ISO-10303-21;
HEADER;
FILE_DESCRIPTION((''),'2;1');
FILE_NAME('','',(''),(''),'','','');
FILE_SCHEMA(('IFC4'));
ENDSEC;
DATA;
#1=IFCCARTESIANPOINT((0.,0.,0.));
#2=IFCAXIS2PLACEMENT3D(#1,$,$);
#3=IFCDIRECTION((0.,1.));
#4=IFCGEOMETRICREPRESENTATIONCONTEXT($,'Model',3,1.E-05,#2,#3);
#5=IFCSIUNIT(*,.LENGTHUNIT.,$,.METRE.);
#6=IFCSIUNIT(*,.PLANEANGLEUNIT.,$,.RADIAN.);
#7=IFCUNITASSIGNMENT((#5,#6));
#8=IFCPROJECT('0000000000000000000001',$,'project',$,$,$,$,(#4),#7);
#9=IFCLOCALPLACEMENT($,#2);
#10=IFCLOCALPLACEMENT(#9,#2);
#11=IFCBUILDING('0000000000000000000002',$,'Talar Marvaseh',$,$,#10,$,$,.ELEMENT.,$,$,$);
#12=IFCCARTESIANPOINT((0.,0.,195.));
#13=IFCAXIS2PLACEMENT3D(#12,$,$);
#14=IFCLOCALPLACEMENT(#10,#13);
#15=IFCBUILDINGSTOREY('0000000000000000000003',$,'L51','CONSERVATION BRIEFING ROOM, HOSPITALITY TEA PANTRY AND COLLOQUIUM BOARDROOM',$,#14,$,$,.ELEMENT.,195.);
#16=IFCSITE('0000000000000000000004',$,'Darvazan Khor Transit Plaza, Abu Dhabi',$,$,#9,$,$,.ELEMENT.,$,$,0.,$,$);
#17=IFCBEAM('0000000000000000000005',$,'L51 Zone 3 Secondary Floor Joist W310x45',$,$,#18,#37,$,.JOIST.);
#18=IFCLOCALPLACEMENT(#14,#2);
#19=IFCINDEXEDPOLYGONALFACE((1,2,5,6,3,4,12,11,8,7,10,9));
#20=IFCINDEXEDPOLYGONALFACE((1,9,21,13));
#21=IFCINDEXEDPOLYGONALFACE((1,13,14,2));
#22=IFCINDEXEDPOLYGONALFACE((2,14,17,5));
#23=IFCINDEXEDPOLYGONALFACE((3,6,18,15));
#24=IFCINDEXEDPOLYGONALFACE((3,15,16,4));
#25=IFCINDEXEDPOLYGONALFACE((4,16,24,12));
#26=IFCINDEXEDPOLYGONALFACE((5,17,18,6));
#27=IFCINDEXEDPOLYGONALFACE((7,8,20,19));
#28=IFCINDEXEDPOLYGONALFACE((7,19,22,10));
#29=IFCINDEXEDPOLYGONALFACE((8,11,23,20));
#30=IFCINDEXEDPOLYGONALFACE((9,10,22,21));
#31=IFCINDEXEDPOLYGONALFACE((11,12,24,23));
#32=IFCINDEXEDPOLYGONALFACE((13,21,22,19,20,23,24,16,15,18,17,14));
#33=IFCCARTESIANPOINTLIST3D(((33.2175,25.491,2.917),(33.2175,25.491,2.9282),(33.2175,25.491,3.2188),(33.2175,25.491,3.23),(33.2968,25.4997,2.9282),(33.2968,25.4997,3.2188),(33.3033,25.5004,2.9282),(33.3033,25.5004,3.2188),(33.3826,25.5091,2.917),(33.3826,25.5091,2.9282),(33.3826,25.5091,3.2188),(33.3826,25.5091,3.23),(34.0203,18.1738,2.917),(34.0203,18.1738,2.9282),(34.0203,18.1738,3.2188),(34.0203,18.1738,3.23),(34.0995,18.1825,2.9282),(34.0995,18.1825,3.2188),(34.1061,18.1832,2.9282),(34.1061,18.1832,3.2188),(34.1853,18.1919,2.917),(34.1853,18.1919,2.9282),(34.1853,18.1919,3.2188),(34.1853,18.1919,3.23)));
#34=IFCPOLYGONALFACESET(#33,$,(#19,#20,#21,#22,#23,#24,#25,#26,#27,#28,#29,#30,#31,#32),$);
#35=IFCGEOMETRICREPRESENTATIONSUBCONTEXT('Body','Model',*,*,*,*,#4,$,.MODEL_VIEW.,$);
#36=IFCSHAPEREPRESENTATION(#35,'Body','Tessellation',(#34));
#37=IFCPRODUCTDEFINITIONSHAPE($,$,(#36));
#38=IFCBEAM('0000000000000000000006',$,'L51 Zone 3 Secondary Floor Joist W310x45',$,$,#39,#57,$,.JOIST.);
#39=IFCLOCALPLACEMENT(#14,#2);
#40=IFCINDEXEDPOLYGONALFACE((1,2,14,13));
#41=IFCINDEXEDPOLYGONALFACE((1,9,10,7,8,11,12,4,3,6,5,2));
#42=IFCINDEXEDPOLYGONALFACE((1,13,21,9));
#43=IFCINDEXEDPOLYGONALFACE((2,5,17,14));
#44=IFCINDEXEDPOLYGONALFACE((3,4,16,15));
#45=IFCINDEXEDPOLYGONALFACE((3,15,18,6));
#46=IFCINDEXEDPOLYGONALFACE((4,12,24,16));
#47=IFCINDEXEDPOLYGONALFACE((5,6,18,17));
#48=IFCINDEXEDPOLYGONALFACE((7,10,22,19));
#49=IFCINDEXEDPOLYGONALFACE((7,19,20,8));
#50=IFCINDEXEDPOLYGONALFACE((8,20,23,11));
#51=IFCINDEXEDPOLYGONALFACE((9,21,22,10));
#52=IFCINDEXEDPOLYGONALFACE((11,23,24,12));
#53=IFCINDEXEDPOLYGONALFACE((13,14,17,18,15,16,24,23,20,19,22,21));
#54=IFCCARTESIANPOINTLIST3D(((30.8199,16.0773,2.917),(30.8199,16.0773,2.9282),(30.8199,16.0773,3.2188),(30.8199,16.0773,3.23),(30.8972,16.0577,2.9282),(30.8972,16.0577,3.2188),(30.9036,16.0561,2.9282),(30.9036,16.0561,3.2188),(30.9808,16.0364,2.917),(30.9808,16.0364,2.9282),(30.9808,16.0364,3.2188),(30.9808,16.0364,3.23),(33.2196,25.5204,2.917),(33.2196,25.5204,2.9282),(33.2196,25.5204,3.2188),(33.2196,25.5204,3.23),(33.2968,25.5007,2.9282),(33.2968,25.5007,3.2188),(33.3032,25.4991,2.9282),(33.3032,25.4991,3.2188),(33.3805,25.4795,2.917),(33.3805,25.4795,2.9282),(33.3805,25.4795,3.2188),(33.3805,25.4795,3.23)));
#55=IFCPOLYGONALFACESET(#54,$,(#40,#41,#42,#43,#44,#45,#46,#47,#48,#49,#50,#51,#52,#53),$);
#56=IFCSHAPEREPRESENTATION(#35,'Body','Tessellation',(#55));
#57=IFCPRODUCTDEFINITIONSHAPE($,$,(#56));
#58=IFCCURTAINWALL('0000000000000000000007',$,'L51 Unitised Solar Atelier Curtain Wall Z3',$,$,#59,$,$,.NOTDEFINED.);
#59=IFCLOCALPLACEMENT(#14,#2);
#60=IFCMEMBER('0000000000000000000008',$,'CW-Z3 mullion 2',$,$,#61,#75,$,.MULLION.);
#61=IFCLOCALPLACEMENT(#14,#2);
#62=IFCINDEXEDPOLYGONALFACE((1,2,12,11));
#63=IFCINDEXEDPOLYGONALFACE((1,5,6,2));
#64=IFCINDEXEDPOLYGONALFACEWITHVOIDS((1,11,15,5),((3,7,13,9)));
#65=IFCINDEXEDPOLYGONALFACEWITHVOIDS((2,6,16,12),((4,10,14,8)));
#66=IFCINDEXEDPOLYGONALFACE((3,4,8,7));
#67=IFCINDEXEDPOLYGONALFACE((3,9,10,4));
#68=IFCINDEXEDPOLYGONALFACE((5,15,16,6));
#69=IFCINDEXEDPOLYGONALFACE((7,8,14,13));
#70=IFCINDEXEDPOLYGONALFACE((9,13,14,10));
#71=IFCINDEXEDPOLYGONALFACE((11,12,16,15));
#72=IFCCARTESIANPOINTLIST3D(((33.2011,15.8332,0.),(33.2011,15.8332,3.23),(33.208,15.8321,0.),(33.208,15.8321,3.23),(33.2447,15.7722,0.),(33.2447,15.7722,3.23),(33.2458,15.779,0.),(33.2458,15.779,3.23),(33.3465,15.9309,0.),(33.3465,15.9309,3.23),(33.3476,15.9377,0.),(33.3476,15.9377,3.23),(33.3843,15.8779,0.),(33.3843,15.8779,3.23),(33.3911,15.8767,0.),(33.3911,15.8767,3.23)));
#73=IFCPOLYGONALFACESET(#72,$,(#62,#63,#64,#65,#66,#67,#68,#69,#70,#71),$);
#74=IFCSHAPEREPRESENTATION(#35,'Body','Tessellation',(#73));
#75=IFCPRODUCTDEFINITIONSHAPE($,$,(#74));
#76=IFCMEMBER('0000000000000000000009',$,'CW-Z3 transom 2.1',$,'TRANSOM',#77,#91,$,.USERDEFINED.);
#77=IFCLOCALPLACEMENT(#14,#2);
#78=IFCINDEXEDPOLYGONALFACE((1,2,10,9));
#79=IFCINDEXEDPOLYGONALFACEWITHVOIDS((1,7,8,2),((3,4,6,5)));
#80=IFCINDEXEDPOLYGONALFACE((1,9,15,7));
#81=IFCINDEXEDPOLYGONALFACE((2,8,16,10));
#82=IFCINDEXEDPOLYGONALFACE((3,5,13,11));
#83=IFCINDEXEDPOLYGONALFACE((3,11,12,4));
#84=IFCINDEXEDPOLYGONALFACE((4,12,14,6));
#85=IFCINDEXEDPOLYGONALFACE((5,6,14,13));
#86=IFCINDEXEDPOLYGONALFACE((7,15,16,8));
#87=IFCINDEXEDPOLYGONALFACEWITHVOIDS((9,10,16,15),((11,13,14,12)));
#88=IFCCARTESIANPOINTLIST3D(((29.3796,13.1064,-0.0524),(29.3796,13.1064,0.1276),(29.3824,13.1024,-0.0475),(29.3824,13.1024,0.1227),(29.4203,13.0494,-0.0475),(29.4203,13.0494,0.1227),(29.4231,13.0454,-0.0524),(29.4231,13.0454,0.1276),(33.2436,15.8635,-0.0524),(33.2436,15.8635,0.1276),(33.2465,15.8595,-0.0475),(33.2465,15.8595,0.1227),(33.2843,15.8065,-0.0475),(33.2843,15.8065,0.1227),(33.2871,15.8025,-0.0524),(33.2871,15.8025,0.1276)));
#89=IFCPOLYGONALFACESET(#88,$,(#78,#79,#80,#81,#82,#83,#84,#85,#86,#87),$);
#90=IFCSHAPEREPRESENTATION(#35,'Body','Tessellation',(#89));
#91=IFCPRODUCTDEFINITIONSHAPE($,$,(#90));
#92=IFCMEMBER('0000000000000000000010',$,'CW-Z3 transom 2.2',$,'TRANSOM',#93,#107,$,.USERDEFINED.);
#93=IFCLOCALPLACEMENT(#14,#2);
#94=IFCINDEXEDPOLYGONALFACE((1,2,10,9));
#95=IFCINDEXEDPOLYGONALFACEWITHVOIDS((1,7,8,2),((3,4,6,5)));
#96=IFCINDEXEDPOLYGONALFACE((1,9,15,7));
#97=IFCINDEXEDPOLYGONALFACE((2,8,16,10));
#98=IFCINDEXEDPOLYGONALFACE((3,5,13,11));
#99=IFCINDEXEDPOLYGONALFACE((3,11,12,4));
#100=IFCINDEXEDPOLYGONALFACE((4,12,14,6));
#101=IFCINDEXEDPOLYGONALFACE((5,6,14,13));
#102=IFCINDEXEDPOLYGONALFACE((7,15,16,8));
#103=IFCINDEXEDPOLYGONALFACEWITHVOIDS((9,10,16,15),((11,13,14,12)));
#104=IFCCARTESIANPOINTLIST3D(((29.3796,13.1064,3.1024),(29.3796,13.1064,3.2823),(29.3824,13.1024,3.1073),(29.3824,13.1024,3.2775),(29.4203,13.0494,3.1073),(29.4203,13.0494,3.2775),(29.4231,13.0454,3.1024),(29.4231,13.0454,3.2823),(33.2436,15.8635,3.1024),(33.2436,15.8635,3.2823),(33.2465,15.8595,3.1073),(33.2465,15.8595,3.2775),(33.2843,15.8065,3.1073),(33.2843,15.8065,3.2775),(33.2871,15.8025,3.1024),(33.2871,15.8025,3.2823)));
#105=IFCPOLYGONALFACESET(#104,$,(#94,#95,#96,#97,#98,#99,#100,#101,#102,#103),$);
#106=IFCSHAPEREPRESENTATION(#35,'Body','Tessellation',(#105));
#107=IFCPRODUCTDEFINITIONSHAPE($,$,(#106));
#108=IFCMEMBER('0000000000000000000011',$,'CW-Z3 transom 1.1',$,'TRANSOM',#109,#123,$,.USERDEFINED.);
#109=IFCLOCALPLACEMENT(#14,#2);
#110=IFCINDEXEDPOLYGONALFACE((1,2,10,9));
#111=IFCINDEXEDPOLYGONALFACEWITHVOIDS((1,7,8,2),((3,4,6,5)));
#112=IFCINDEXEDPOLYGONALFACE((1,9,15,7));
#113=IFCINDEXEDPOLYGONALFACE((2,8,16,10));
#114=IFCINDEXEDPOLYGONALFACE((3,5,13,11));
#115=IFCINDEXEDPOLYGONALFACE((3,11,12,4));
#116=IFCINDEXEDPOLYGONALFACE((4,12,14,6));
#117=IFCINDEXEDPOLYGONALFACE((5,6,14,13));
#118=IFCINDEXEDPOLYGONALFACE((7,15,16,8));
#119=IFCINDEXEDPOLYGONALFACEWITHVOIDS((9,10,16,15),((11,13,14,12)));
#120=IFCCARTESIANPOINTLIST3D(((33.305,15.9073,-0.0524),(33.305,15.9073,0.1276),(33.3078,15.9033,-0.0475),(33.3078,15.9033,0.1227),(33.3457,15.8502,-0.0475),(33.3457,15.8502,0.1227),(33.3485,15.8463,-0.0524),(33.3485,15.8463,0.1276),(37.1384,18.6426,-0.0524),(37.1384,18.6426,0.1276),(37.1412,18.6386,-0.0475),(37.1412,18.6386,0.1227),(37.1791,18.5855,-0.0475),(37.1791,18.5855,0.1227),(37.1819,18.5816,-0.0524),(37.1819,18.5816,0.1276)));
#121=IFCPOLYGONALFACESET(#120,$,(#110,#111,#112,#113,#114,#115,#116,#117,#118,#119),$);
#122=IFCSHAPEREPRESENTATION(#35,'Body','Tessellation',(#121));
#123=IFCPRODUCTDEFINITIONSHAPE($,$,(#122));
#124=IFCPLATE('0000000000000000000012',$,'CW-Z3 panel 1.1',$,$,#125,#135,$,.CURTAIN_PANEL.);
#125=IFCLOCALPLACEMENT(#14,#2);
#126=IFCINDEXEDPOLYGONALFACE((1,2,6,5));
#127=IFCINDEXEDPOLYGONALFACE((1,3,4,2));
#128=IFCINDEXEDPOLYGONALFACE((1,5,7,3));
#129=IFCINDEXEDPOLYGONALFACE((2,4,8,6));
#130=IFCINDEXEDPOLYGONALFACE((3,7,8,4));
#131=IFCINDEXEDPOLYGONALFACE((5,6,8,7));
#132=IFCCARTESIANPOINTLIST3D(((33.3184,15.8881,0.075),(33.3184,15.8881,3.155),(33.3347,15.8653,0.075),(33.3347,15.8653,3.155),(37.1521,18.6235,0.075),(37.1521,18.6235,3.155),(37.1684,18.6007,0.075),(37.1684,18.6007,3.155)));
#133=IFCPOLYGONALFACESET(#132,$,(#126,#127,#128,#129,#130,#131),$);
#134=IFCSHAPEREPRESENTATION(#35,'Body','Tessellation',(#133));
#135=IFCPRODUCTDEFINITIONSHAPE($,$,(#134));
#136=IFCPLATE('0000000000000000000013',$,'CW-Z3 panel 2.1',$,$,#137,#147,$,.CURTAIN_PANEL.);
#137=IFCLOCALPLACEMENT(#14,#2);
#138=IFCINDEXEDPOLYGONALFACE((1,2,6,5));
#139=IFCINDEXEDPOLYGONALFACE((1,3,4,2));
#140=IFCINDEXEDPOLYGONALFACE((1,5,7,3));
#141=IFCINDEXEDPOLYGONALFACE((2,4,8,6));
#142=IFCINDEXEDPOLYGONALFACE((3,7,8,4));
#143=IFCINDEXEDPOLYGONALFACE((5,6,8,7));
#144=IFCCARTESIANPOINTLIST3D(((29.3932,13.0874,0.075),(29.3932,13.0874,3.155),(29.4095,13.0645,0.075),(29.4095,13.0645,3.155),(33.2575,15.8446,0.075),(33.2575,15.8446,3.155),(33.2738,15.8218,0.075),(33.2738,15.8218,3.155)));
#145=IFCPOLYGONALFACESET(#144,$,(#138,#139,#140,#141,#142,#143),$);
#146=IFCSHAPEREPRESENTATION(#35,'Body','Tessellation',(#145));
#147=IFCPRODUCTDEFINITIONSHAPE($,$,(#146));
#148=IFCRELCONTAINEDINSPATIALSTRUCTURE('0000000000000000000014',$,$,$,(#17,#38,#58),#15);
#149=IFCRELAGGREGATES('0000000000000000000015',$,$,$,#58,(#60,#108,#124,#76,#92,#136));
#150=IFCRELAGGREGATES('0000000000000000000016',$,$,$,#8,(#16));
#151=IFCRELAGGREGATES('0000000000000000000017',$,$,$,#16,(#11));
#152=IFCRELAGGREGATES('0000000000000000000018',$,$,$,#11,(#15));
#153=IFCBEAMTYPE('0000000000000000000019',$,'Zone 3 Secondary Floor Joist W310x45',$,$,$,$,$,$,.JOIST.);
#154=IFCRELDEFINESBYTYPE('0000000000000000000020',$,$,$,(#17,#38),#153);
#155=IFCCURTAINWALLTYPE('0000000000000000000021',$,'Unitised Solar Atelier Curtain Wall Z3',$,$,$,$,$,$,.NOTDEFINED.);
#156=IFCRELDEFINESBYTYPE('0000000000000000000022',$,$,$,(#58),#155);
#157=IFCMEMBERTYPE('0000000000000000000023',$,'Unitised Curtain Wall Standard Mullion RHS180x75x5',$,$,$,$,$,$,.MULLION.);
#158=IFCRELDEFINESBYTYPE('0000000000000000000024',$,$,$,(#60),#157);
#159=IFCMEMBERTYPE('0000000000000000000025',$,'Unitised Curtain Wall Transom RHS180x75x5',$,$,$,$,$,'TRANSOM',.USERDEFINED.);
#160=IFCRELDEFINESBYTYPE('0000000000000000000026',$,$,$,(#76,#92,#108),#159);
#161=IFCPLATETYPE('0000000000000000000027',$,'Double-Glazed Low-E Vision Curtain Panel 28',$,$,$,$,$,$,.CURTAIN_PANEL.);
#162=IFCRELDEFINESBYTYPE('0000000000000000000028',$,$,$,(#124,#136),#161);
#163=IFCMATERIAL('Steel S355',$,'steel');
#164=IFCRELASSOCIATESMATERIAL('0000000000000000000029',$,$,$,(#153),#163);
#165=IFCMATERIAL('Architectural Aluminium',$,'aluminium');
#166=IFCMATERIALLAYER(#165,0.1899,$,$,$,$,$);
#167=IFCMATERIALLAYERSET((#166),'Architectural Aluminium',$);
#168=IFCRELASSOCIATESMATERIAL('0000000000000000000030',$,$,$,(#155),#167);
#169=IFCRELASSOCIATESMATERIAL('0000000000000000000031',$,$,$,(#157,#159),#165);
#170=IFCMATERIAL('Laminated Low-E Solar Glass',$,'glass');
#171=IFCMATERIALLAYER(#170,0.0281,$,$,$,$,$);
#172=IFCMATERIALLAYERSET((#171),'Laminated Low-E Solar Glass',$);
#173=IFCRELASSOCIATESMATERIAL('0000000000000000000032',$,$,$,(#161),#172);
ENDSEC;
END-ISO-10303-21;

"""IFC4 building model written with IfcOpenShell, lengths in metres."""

from ifc_helpers import new_model, si_unit, direction, frame, origin, origin_2d, place, context, subcontext, project, spatial, rectangle, hollow_rectangle, i_section, extrude, source, transform, mapped, material, layer, layer_set, material_profile, profile_set, type_object, type_shapes, element, aggregate, save


model = new_model("IFC4")

# Units and contexts
model_context = context("Model", 3, precision=1e-05, world=origin(), true_north=direction((0.0, 1.0)))
body_context = subcontext(model_context, "Body", "Model", "MODEL_VIEW")
ifc_project = project(units=[si_unit("LENGTHUNIT", "METRE"), si_unit("PLANEANGLEUNIT", "RADIAN")], contexts=[model_context])

# Site, building, storey
site_placement = place(None, origin())
site = spatial("IfcSite", under=ifc_project, at=site_placement, Name="Darvazan Khor Transit Plaza, Abu Dhabi", CompositionType="ELEMENT", RefElevation=0.0)
building_placement = place(site_placement, origin())
building = spatial("IfcBuilding", under=site, at=building_placement, Name="Talar Marvaseh", CompositionType="ELEMENT")
storey_placement = place(building_placement, frame((0.0, 0.0, 195.0)))
storey = spatial("IfcBuildingStorey", under=building, at=storey_placement, Name="L51", Description="CONSERVATION BRIEFING ROOM, HOSPITALITY TEA PANTRY AND COLLOQUIUM BOARDROOM", CompositionType="ELEMENT", Elevation=195.0)

# Beams
ifc_material_1 = material(Name="Steel S355", Category="steel")
ifc_material_profile_1 = material_profile(ifc_material_1, i_section(OverallWidth=0.166, OverallDepth=0.313, WebThickness=0.0066, FlangeThickness=0.0112, at=origin_2d()), Name="W310x45")
ifc_profile_set_1 = profile_set([ifc_material_profile_1], Name="Steel S355")
beam_type = type_object("IfcBeamType", Name="Zone 3 Secondary Floor Joist W310x45", PredefinedType="JOIST", material=ifc_profile_set_1)
beam_1_placement = place(storey_placement, frame((34.1028, 18.1829, 3.0735), z_axis=(-0.109052, 0.994036, 0.0), x_axis=(-0.994036, -0.109052, 0.0)))
element("IfcBeam", 1, at=beam_1_placement, inside=storey, type_object=beam_type, Name="L51 Zone 3 Secondary Floor Joist W310x45", PredefinedType="JOIST", context=body_context, shape_type="SweptSolid", body=[
    extrude(i_section(OverallWidth=0.166, OverallDepth=0.313, WebThickness=0.0066, FlangeThickness=0.0112, at=origin_2d()), origin(), (0.0, 0.0, 1.0), 7.3611),
])
beam_2_placement = place(storey_placement, frame((30.9004, 16.0569, 3.0735), z_axis=(0.246289, 0.969196, 0.0), x_axis=(-0.969196, 0.246289, 0.0)))
element("IfcBeam", 2, at=beam_2_placement, inside=storey, type_object=beam_type, Name="L51 Zone 3 Secondary Floor Joist W310x45", PredefinedType="JOIST", context=body_context, shape_type="SweptSolid", body=[
    extrude(i_section(OverallWidth=0.166, OverallDepth=0.313, WebThickness=0.0066, FlangeThickness=0.0112, at=origin_2d()), origin(), (0.0, 0.0, 1.0), 9.7432),
])

# Curtain wall, members, plates
ifc_material_2 = material(Name="Architectural Aluminium", Category="aluminium")
ifc_layer_1 = layer(ifc_material_2, 0.1899)
ifc_layer_set_1 = layer_set([ifc_layer_1], Name="Architectural Aluminium")
curtain_wall_type = type_object("IfcCurtainWallType", Name="Unitised Solar Atelier Curtain Wall Z3", PredefinedType="NOTDEFINED", material=ifc_layer_set_1)
curtain_wall_placement = place(storey_placement, origin())
curtain_wall = element("IfcCurtainWall", 3, at=curtain_wall_placement, inside=storey, type_object=curtain_wall_type, Name="L51 Unitised Solar Atelier Curtain Wall Z3", PredefinedType="NOTDEFINED")
ifc_material_profile_2 = material_profile(ifc_material_2, hollow_rectangle(XDim=0.075, YDim=0.1799, WallThickness=0.0049, at=origin_2d()), Name="RHS180x75x5")
ifc_profile_set_2 = profile_set([ifc_material_profile_2], Name="Architectural Aluminium")
member_type_1 = type_object("IfcMemberType", Name="Unitised Curtain Wall Standard Mullion RHS180x75x5", PredefinedType="MULLION", material=ifc_profile_set_2)
shared_shape_1 = source(origin(), body_context, "Body", "SweptSolid", [
    extrude(hollow_rectangle(XDim=0.075, YDim=0.1799, WallThickness=0.0049, at=origin_2d()), origin(), (0.0, 0.0, 1.0), 3.23),
])
type_shapes(member_type_1, [shared_shape_1])
member_1_placement = place(storey_placement, frame((33.2961, 15.855, 0.0), z_axis=(0.0, 0.0, 1.0), x_axis=(0.580831, -0.814024, 0.0)))
member_1 = element("IfcMember", 4, at=member_1_placement, type_object=member_type_1, Name="CW-Z3 mullion 2", PredefinedType="MULLION", context=body_context, shape_type="MappedRepresentation", body=[
    mapped(shared_shape_1, transform((0.0, 0.0, 0.0), x_axis=(1.0, 0.0, 0.0), y_axis=(0.0, 1.0, 0.0), z_axis=(0.0, 0.0, 1.0), scale=1.0)),
])
ifc_material_profile_3 = material_profile(ifc_material_2, hollow_rectangle(XDim=0.075, YDim=0.1799, WallThickness=0.0049, at=origin_2d()), Name="RHS180x75x5")
ifc_profile_set_3 = profile_set([ifc_material_profile_3], Name="Architectural Aluminium")
member_type_2 = type_object("IfcMemberType", Name="Unitised Curtain Wall Transom RHS180x75x5", ElementType="TRANSOM", PredefinedType="USERDEFINED", material=ifc_profile_set_3)
shared_shape_2 = source(origin(), body_context, "Body", "SweptSolid", [
    extrude(hollow_rectangle(XDim=0.075, YDim=0.1799, WallThickness=0.0049, at=origin_2d()), origin(), (0.0, 0.0, 1.0), 4.7468),
])
member_2_placement = place(storey_placement, frame((33.2654, 15.833, 0.0376), z_axis=(-0.814025, -0.580829, 0.0), x_axis=(0.580829, -0.814025, 0.0)))
member_2 = element("IfcMember", 5, at=member_2_placement, type_object=member_type_2, Name="CW-Z3 transom 2.1", ObjectType="TRANSOM", PredefinedType="USERDEFINED", context=body_context, shape_type="MappedRepresentation", body=[
    mapped(shared_shape_2, transform((0.0, 0.0, 0.0), x_axis=(1.0, 0.0, 0.0), y_axis=(0.0, 1.0, 0.0), z_axis=(0.0, 0.0, 1.0), scale=1.0)),
])
member_3_placement = place(storey_placement, frame((33.2654, 15.833, 3.1924), z_axis=(-0.814025, -0.580829, 0.0), x_axis=(0.580829, -0.814025, 0.0)))
member_3 = element("IfcMember", 6, at=member_3_placement, type_object=member_type_2, Name="CW-Z3 transom 2.2", ObjectType="TRANSOM", PredefinedType="USERDEFINED", context=body_context, shape_type="MappedRepresentation", body=[
    mapped(shared_shape_2, transform((0.0, 0.0, 0.0), x_axis=(1.0, 0.0, 0.0), y_axis=(0.0, 1.0, 0.0), z_axis=(0.0, 0.0, 1.0), scale=1.0)),
])
shared_shape_3 = source(origin(), body_context, "Body", "SweptSolid", [
    extrude(hollow_rectangle(XDim=0.075, YDim=0.1799, WallThickness=0.0049, at=origin_2d()), origin(), (0.0, 0.0, 1.0), 4.7092),
])
type_shapes(member_type_2, [shared_shape_2, shared_shape_3])
member_4_placement = place(storey_placement, frame((37.1602, 18.6121, 0.0376), z_axis=(-0.814021, -0.580836, 0.0), x_axis=(0.580836, -0.814021, 0.0)))
member_4 = element("IfcMember", 7, at=member_4_placement, type_object=member_type_2, Name="CW-Z3 transom 1.1", ObjectType="TRANSOM", PredefinedType="USERDEFINED", context=body_context, shape_type="MappedRepresentation", body=[
    mapped(shared_shape_3, transform((0.0, 0.0, 0.0), x_axis=(1.0, 0.0, 0.0), y_axis=(0.0, 1.0, 0.0), z_axis=(0.0, 0.0, 1.0), scale=1.0)),
])
ifc_material_3 = material(Name="Laminated Low-E Solar Glass", Category="glass")
ifc_layer_2 = layer(ifc_material_3, 0.0281)
ifc_layer_set_2 = layer_set([ifc_layer_2], Name="Laminated Low-E Solar Glass")
plate_type = type_object("IfcPlateType", Name="Double-Glazed Low-E Vision Curtain Panel 28", PredefinedType="CURTAIN_PANEL", material=ifc_layer_set_2)
shared_shape_4 = source(origin(), body_context, "Body", "SweptSolid", [
    extrude(rectangle(XDim=4.7095, YDim=0.0281, at=origin_2d()), origin(), (0.0, 0.0, 1.0), 3.0801),
])
plate_1_placement = place(storey_placement, frame((35.2434, 17.2444, 0.075), z_axis=(0.0, 0.0, 1.0), x_axis=(-0.814024, -0.580831, 0.0)))
plate_1 = element("IfcPlate", 8, at=plate_1_placement, type_object=plate_type, Name="CW-Z3 panel 1.1", PredefinedType="CURTAIN_PANEL", context=body_context, shape_type="MappedRepresentation", body=[
    mapped(shared_shape_4, transform((0.0, 0.0, 0.0), x_axis=(1.0, 0.0, 0.0), y_axis=(0.0, 1.0, 0.0), z_axis=(0.0, 0.0, 1.0), scale=1.0)),
])
shared_shape_5 = source(origin(), body_context, "Body", "SweptSolid", [
    extrude(rectangle(XDim=4.7471, YDim=0.0281, at=origin_2d()), origin(), (0.0, 0.0, 1.0), 3.0801),
])
type_shapes(plate_type, [shared_shape_4, shared_shape_5])
plate_2_placement = place(storey_placement, frame((31.3335, 14.4546, 0.075), z_axis=(0.0, 0.0, 1.0), x_axis=(-0.814024, -0.580831, 0.0)))
plate_2 = element("IfcPlate", 9, at=plate_2_placement, type_object=plate_type, Name="CW-Z3 panel 2.1", PredefinedType="CURTAIN_PANEL", context=body_context, shape_type="MappedRepresentation", body=[
    mapped(shared_shape_5, transform((0.0, 0.0, 0.0), x_axis=(1.0, 0.0, 0.0), y_axis=(0.0, 1.0, 0.0), z_axis=(0.0, 0.0, 1.0), scale=1.0)),
])
aggregate(curtain_wall, [member_1, member_4, plate_1, member_2, member_3, plate_2])

save(model, "model.ifc")
